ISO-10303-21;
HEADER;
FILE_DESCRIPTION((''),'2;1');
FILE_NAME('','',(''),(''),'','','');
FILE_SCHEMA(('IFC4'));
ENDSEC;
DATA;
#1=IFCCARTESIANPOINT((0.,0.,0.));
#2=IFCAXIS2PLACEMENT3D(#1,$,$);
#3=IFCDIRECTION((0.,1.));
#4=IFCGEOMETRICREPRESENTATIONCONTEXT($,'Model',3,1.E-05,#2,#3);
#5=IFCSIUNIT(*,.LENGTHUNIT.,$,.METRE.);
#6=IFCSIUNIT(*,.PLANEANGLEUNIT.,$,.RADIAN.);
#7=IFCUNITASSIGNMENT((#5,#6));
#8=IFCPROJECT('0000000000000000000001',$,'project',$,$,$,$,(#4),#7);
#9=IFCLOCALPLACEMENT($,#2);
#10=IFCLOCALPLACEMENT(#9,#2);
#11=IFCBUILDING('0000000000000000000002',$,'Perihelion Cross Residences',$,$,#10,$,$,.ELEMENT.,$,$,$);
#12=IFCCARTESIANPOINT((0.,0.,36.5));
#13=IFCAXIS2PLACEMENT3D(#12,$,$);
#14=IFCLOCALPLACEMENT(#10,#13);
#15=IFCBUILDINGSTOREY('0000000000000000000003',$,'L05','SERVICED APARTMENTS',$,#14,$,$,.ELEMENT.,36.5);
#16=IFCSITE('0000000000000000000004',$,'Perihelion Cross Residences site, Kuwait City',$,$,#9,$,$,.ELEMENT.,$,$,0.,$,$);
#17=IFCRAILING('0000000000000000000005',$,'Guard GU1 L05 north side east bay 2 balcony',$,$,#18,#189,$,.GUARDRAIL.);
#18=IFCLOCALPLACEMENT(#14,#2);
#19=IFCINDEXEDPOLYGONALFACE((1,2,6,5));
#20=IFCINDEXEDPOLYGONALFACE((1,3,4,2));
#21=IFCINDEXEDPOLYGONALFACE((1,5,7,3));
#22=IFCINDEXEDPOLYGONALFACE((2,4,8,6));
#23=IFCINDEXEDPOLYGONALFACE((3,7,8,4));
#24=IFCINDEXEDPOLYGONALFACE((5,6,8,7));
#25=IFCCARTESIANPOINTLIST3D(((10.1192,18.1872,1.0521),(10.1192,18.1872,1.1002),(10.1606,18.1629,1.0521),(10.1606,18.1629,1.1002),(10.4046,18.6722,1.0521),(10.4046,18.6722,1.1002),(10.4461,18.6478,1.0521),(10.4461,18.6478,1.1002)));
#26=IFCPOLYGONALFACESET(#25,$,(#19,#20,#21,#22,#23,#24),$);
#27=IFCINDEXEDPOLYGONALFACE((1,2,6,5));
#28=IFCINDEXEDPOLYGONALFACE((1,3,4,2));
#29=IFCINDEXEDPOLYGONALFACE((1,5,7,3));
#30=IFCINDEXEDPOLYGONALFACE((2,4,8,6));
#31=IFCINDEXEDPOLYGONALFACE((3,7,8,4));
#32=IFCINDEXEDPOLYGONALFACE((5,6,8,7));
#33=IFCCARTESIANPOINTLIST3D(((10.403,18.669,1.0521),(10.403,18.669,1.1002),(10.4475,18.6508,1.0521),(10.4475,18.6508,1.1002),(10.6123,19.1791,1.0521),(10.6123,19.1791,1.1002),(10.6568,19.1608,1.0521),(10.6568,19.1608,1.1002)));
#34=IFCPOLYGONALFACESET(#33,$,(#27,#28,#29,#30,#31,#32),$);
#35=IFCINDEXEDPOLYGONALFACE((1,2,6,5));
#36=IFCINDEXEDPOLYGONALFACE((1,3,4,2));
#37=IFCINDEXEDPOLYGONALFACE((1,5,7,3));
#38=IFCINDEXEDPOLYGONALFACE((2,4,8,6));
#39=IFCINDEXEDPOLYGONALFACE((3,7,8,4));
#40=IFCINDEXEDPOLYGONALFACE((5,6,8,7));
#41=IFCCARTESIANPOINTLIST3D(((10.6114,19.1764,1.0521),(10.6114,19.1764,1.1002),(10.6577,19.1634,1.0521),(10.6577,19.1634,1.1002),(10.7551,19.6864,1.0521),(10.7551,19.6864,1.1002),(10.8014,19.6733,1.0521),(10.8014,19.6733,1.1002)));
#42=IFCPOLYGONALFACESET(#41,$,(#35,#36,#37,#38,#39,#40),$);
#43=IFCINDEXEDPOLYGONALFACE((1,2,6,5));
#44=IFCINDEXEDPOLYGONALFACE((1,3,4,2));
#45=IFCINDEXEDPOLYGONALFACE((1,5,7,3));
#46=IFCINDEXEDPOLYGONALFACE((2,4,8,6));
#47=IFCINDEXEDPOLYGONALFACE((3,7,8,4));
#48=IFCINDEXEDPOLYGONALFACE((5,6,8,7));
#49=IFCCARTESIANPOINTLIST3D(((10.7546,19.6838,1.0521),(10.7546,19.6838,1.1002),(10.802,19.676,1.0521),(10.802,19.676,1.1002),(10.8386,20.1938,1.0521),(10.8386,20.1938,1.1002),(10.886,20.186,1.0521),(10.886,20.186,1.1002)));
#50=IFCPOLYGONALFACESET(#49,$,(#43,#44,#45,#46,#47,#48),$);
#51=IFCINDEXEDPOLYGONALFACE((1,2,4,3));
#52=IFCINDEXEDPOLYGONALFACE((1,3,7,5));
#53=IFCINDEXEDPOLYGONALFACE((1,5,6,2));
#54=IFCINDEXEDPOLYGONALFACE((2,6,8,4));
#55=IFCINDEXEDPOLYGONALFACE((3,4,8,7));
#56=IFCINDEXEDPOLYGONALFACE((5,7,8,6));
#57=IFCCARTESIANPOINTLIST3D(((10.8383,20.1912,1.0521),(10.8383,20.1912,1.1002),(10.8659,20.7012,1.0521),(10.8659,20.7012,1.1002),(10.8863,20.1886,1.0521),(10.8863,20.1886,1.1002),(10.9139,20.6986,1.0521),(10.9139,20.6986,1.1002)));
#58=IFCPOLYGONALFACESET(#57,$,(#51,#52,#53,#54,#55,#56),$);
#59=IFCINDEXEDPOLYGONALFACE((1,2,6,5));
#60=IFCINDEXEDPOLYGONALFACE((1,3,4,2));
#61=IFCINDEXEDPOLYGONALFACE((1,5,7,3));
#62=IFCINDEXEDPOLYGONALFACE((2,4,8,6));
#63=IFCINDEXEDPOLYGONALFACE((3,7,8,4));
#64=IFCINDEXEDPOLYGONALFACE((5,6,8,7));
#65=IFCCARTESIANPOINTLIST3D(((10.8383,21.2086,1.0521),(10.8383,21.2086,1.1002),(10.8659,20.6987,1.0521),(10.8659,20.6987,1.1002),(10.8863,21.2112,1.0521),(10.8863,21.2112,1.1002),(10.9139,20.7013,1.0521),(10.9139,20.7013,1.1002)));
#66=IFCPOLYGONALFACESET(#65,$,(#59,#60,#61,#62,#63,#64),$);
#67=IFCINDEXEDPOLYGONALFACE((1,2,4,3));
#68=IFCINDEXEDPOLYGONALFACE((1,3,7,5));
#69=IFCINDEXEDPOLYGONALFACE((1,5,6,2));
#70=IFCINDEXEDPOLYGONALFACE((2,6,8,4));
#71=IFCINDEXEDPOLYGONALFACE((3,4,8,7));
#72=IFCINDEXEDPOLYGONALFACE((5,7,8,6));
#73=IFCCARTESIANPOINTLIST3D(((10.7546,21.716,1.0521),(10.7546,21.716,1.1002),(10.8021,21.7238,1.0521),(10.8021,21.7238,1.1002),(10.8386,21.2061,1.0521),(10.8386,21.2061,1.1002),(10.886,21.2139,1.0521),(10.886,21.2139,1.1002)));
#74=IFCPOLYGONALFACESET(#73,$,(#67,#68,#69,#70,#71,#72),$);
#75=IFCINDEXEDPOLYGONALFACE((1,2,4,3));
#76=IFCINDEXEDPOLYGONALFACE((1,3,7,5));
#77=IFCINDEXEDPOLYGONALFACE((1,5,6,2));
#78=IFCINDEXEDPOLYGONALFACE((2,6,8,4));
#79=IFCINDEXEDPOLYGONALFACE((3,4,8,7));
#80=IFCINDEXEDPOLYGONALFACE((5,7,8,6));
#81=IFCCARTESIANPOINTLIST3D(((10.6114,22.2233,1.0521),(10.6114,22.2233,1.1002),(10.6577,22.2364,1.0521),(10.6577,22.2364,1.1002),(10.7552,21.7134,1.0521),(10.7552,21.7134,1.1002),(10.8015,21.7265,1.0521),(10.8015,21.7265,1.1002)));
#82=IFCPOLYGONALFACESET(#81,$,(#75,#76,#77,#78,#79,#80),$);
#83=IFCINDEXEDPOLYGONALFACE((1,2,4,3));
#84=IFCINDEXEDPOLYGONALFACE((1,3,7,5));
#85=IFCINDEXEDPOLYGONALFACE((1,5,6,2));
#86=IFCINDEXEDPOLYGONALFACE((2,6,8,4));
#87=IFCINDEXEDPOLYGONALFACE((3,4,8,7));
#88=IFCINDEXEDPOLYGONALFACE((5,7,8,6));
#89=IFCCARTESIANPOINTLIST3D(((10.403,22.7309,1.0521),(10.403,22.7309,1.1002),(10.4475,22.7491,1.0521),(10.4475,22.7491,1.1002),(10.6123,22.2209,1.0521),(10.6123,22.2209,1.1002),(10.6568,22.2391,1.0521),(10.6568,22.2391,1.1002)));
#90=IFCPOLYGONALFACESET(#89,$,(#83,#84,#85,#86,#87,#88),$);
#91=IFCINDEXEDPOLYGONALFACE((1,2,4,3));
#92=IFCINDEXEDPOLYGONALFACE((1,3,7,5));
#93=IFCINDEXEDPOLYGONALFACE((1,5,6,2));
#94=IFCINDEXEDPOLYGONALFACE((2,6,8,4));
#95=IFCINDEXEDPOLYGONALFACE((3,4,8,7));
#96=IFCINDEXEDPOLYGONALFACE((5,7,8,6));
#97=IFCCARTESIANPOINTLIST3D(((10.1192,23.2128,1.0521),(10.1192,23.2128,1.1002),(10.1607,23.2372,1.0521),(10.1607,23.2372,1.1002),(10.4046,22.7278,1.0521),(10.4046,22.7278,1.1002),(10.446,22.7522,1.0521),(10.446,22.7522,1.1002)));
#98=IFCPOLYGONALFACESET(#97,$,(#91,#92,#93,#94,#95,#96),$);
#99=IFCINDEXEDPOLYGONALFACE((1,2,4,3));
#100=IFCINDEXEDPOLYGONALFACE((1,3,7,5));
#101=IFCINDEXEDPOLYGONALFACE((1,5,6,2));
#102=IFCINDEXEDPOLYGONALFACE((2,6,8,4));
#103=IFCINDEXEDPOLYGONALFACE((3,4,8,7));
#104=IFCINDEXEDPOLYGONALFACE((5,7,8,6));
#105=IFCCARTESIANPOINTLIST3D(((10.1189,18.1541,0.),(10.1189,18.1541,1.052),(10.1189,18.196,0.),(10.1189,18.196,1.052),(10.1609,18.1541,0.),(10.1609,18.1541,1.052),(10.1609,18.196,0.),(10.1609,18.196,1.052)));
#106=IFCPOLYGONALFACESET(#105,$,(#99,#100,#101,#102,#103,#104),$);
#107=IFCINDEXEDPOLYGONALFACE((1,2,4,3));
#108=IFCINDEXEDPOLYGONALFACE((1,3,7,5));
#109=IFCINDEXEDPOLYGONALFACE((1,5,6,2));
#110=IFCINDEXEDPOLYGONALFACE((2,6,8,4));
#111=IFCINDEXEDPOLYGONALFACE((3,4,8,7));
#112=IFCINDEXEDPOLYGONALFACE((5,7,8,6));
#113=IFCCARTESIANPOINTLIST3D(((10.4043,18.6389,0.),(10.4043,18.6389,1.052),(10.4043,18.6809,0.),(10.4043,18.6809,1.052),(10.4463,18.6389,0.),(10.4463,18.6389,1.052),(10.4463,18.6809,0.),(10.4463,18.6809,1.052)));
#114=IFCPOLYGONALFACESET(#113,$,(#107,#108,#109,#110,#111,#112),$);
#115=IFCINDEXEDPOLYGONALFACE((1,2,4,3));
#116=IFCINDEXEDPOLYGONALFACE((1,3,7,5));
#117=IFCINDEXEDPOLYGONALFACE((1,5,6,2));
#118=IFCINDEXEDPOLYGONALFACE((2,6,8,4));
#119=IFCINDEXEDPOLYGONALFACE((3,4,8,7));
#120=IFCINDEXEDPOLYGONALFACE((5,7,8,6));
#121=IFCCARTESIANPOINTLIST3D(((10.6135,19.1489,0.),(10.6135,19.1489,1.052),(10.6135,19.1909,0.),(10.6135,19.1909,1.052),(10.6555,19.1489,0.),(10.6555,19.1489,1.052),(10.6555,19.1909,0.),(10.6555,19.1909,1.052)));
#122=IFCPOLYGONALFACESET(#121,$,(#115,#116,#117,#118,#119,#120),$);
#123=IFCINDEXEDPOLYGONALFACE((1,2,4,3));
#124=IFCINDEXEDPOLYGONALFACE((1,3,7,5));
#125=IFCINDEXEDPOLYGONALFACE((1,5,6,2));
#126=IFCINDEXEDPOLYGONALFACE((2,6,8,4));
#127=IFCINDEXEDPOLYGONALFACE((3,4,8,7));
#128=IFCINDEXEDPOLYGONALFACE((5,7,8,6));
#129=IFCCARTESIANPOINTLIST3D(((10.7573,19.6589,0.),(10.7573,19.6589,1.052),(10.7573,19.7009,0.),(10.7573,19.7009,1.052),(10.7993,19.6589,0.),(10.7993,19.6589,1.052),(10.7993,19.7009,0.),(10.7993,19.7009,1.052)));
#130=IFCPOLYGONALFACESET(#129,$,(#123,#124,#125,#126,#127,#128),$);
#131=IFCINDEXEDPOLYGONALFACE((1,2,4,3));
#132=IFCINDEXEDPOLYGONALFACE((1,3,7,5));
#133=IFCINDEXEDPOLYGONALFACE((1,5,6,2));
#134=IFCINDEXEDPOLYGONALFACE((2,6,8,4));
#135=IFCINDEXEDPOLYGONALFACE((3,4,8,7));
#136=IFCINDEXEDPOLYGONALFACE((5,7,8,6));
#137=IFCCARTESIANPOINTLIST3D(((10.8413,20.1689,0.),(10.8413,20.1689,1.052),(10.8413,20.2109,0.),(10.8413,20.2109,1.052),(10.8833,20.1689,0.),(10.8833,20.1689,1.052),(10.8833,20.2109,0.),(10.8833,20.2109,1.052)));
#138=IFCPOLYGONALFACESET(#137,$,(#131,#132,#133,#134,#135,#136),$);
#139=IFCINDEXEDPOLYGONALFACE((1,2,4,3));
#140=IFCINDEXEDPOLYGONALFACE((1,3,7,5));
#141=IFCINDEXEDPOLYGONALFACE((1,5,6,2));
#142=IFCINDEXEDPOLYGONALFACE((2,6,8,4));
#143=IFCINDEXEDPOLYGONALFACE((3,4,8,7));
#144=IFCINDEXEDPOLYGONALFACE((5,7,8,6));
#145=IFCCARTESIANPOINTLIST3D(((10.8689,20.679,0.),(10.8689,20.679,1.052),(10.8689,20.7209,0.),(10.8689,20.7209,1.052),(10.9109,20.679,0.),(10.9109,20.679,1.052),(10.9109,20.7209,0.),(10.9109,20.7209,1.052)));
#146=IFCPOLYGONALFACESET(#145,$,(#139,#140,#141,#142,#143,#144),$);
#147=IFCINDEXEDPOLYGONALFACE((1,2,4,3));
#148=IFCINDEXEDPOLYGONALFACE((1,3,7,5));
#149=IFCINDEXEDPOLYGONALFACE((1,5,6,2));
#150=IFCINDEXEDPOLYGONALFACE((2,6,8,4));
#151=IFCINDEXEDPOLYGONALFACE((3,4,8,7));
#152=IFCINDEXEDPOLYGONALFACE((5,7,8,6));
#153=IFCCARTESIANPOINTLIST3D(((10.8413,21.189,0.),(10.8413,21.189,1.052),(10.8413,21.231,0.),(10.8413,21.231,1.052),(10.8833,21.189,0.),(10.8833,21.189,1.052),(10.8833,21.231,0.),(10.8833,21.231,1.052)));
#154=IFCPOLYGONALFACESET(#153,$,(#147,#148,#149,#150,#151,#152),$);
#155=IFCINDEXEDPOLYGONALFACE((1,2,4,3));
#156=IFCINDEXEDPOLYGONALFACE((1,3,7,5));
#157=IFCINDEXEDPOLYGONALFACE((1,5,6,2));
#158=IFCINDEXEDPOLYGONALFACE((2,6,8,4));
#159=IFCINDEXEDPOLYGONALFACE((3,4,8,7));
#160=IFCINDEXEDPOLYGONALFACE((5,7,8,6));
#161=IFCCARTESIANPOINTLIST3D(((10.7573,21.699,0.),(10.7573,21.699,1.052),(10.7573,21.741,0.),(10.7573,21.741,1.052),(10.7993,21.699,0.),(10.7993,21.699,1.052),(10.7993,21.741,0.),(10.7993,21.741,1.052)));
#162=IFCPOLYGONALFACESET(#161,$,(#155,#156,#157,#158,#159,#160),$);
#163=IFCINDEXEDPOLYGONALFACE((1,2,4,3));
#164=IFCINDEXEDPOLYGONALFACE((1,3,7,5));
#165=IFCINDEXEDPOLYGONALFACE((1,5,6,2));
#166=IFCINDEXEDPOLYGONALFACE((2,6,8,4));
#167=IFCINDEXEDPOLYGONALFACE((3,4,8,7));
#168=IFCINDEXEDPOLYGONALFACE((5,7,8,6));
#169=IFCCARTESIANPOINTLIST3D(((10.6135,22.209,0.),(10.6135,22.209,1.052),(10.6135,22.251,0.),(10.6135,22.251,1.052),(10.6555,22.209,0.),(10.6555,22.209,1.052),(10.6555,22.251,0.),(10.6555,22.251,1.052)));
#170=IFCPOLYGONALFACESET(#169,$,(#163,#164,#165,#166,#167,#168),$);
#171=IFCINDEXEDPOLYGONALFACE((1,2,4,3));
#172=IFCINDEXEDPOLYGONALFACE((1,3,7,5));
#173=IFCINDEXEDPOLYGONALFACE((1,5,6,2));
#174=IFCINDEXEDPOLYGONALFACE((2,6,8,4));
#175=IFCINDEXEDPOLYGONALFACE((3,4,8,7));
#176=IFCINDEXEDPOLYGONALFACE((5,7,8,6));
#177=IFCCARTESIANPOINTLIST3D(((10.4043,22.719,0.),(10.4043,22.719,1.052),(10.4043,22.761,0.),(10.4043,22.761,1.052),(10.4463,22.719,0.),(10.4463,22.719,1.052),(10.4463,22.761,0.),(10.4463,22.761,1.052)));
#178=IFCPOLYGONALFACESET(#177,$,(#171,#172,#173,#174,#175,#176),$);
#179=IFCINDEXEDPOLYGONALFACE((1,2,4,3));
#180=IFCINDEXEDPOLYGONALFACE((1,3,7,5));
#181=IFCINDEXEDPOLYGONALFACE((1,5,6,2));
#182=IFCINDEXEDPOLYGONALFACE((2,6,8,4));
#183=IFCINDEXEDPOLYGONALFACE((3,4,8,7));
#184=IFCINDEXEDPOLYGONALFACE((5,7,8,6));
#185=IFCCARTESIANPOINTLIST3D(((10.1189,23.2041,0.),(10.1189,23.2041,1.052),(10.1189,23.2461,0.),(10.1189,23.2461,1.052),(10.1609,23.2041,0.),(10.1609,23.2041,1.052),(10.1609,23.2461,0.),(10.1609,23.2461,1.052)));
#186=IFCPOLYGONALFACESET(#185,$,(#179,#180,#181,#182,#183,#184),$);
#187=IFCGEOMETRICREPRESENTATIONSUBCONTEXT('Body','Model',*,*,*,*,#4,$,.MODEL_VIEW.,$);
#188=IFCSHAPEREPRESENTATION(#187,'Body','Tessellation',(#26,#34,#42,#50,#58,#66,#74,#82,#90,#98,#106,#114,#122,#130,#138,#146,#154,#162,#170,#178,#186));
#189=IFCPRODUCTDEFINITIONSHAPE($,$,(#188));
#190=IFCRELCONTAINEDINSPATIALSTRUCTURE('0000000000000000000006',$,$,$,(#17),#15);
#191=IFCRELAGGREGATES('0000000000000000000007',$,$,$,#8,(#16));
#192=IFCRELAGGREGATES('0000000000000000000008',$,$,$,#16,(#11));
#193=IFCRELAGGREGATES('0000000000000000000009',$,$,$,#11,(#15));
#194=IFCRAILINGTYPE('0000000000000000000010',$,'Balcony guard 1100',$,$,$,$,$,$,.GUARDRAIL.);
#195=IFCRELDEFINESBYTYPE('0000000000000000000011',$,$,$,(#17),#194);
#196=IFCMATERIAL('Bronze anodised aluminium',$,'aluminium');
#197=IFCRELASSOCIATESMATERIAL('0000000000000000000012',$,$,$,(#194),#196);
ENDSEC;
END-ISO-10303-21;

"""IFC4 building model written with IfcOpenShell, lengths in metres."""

from ifc_helpers import new_model, si_unit, direction, frame, origin, origin_2d, place, context, subcontext, project, spatial, rectangle, extrude, material, type_object, element, save


model = new_model("IFC4")

# Units and contexts
model_context = context("Model", 3, precision=1e-05, world=origin(), true_north=direction((0.0, 1.0)))
body_context = subcontext(model_context, "Body", "Model", "MODEL_VIEW")
ifc_project = project(units=[si_unit("LENGTHUNIT", "METRE"), si_unit("PLANEANGLEUNIT", "RADIAN")], contexts=[model_context])

# Site, building, storey
site_placement = place(None, origin())
site = spatial("IfcSite", under=ifc_project, at=site_placement, Name="Perihelion Cross Residences site, Kuwait City", CompositionType="ELEMENT", RefElevation=0.0)
building_placement = place(site_placement, origin())
building = spatial("IfcBuilding", under=site, at=building_placement, Name="Perihelion Cross Residences", CompositionType="ELEMENT")
storey_placement = place(building_placement, frame((0.0, 0.0, 36.5)))
storey = spatial("IfcBuildingStorey", under=building, at=storey_placement, Name="L05", Description="SERVICED APARTMENTS", CompositionType="ELEMENT", Elevation=36.5)

# Railing
ifc_material_1 = material(Name="Bronze anodised aluminium", Category="aluminium")
railing_type = type_object("IfcRailingType", Name="Balcony guard 1100", PredefinedType="GUARDRAIL", material=ifc_material_1)
railing_1_placement = place(storey_placement, frame((10.1399, 18.175, 0.0)))
element("IfcRailing", 1, at=railing_1_placement, inside=storey, type_object=railing_type, Name="Guard GU1 L05 north side east bay 2 balcony", PredefinedType="GUARDRAIL", context=body_context, shape_type="SweptSolid", body=[
    extrude(rectangle(XDim=0.0481, YDim=0.0481, at=origin_2d()), frame((0.0, 0.0, 1.0762), z_axis=(0.507267, 0.861789, 0.0), x_axis=(-0.861789, 0.507267, 0.0)), (0.0, 0.0, 1.0), 0.5627),
    extrude(rectangle(XDim=0.0481, YDim=0.0481, at=origin_2d()), frame((0.2854, 0.4849, 1.0762), z_axis=(0.379547, 0.925173, 0.0), x_axis=(-0.925173, 0.379547, 0.0)), (0.0, 0.0, 1.0), 0.5513),
    extrude(rectangle(XDim=0.0481, YDim=0.0481, at=origin_2d()), frame((0.4946, 0.9949, 1.0762), z_axis=(0.271373, 0.962474, 0.0), x_axis=(-0.962474, 0.271373, 0.0)), (0.0, 0.0, 1.0), 0.5298),
    extrude(rectangle(XDim=0.0481, YDim=0.0481, at=origin_2d()), frame((0.6384, 1.5049, 1.0762), z_axis=(0.162484, 0.986711, 0.0), x_axis=(-0.986711, 0.162484, 0.0)), (0.0, 0.0, 1.0), 0.5168),
    extrude(rectangle(XDim=0.0481, YDim=0.0481, at=origin_2d()), frame((0.7224, 2.0149, 1.0762), z_axis=(0.054014, 0.99854, 0.0), x_axis=(-0.99854, 0.054014, 0.0)), (0.0, 0.0, 1.0), 0.5107),
    extrude(rectangle(XDim=0.0481, YDim=0.0481, at=origin_2d()), frame((0.75, 2.5249, 1.0762), z_axis=(-0.054014, 0.99854, 0.0), x_axis=(-0.99854, -0.054014, 0.0)), (0.0, 0.0, 1.0), 0.5107),
    extrude(rectangle(XDim=0.0481, YDim=0.0481, at=origin_2d()), frame((0.7224, 3.0349, 1.0762), z_axis=(-0.162484, 0.986711, 0.0), x_axis=(-0.986711, -0.162484, 0.0)), (0.0, 0.0, 1.0), 0.5168),
    extrude(rectangle(XDim=0.0481, YDim=0.0481, at=origin_2d()), frame((0.6384, 3.5449, 1.0762), z_axis=(-0.271373, 0.962474, 0.0), x_axis=(-0.962474, -0.271373, 0.0)), (0.0, 0.0, 1.0), 0.5298),
    extrude(rectangle(XDim=0.0481, YDim=0.0481, at=origin_2d()), frame((0.4946, 4.0549, 1.0762), z_axis=(-0.379547, 0.925173, 0.0), x_axis=(-0.925173, -0.379547, 0.0)), (0.0, 0.0, 1.0), 0.5513),
    extrude(rectangle(XDim=0.0481, YDim=0.0481, at=origin_2d()), frame((0.2854, 4.5649, 1.0762), z_axis=(-0.507077, 0.861901, 0.0), x_axis=(-0.861901, -0.507077, 0.0)), (0.0, 0.0, 1.0), 0.5627),
    extrude(rectangle(XDim=0.042, YDim=0.042, at=origin_2d()), origin(), (0.0, 0.0, 1.0), 1.052),
    extrude(rectangle(XDim=0.042, YDim=0.042, at=origin_2d()), frame((0.2854, 0.4849, 0.0)), (0.0, 0.0, 1.0), 1.052),
    extrude(rectangle(XDim=0.042, YDim=0.042, at=origin_2d()), frame((0.4946, 0.9949, 0.0)), (0.0, 0.0, 1.0), 1.052),
    extrude(rectangle(XDim=0.042, YDim=0.042, at=origin_2d()), frame((0.6384, 1.5049, 0.0)), (0.0, 0.0, 1.0), 1.052),
    extrude(rectangle(XDim=0.042, YDim=0.042, at=origin_2d()), frame((0.7224, 2.0149, 0.0)), (0.0, 0.0, 1.0), 1.052),
    extrude(rectangle(XDim=0.042, YDim=0.042, at=origin_2d()), frame((0.75, 2.5249, 0.0)), (0.0, 0.0, 1.0), 1.052),
    extrude(rectangle(XDim=0.042, YDim=0.042, at=origin_2d()), frame((0.7224, 3.0349, 0.0)), (0.0, 0.0, 1.0), 1.052),
    extrude(rectangle(XDim=0.042, YDim=0.042, at=origin_2d()), frame((0.6384, 3.5449, 0.0)), (0.0, 0.0, 1.0), 1.052),
    extrude(rectangle(XDim=0.042, YDim=0.042, at=origin_2d()), frame((0.4946, 4.0549, 0.0)), (0.0, 0.0, 1.0), 1.052),
    extrude(rectangle(XDim=0.042, YDim=0.042, at=origin_2d()), frame((0.2854, 4.5649, 0.0)), (0.0, 0.0, 1.0), 1.052),
    extrude(rectangle(XDim=0.042, YDim=0.042, at=origin_2d()), frame((0.0, 5.05, 0.0)), (0.0, 0.0, 1.0), 1.052),
])

save(model, "model.ifc")
